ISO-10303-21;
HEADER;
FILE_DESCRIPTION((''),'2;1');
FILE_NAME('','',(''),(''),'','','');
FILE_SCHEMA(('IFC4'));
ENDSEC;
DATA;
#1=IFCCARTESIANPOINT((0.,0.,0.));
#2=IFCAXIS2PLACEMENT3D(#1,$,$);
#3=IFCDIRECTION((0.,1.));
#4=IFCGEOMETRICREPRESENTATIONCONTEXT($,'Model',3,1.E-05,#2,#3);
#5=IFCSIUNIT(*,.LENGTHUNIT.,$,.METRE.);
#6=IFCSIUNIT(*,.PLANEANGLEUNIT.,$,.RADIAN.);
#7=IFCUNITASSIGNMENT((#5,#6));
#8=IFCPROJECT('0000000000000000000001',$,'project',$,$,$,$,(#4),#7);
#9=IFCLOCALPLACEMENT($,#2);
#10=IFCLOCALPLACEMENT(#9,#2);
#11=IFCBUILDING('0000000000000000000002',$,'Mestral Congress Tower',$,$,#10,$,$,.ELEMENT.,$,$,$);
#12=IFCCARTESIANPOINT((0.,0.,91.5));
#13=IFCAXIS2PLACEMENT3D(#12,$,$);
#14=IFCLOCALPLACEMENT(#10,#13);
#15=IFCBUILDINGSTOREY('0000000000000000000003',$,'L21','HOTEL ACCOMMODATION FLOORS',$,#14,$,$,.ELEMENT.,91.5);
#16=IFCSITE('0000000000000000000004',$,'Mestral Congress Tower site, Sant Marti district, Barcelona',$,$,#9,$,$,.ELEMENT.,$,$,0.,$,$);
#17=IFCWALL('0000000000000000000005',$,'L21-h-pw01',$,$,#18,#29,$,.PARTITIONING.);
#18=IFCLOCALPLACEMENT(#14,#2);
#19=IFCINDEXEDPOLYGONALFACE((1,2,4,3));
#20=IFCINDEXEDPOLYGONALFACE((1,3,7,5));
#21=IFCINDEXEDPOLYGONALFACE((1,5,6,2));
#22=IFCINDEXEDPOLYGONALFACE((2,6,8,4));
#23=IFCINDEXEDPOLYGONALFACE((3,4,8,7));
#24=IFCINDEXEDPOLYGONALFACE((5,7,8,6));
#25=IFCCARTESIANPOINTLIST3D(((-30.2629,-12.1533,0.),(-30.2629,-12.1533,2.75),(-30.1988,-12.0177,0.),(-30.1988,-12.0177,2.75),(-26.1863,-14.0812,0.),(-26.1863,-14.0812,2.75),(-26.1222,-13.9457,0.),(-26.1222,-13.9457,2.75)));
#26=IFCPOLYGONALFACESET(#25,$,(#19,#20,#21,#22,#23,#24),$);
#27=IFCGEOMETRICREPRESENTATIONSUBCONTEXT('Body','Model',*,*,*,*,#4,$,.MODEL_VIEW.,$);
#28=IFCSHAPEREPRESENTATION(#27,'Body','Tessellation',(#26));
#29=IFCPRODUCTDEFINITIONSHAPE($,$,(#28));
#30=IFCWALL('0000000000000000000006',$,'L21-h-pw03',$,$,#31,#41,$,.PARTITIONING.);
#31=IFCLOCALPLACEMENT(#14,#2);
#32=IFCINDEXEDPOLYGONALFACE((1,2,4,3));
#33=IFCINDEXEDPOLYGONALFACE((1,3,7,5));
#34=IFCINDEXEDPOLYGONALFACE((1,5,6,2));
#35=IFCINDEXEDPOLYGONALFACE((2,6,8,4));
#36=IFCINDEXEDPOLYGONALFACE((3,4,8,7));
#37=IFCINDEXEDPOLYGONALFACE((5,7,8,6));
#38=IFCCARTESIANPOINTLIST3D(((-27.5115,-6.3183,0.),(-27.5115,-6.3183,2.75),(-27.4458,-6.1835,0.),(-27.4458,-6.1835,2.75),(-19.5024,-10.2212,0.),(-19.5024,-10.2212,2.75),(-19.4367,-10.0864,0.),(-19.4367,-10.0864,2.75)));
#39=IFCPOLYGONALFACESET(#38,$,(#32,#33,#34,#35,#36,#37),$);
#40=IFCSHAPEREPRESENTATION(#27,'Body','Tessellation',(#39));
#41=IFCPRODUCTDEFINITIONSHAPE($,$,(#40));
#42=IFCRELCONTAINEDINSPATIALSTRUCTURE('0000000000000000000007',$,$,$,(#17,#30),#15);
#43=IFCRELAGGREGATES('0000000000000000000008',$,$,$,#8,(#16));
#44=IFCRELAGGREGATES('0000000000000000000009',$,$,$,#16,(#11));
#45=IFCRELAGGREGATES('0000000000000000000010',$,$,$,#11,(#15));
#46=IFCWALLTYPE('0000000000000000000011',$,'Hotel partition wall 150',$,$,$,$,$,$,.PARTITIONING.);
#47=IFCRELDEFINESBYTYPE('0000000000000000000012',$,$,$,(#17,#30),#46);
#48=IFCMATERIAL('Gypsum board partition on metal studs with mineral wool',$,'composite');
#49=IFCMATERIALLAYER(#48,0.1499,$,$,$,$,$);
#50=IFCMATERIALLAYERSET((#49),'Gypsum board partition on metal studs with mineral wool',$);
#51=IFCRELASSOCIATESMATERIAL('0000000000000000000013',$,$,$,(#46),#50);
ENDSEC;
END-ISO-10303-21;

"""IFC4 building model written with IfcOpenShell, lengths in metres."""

from ifc_helpers import new_model, si_unit, direction, frame, frame_2d, origin, place, context, subcontext, project, spatial, rectangle, extrude, material, layer, layer_set, type_object, element, save


model = new_model("IFC4")

# Units and contexts
model_context = context("Model", 3, precision=1e-05, world=origin(), true_north=direction((0.0, 1.0)))
body_context = subcontext(model_context, "Body", "Model", "MODEL_VIEW")
ifc_project = project(units=[si_unit("LENGTHUNIT", "METRE"), si_unit("PLANEANGLEUNIT", "RADIAN")], contexts=[model_context])

# Site, building, storey
site_placement = place(None, origin())
site = spatial("IfcSite", under=ifc_project, at=site_placement, Name="Mestral Congress Tower site, Sant Marti district, Barcelona", CompositionType="ELEMENT", RefElevation=0.0)
building_placement = place(site_placement, origin())
building = spatial("IfcBuilding", under=site, at=building_placement, Name="Mestral Congress Tower", CompositionType="ELEMENT")
storey_placement = place(building_placement, frame((0.0, 0.0, 91.5)))
storey = spatial("IfcBuildingStorey", under=building, at=storey_placement, Name="L21", Description="HOTEL ACCOMMODATION FLOORS", CompositionType="ELEMENT", Elevation=91.5)

# Walls
ifc_material_1 = material(Name="Gypsum board partition on metal studs with mineral wool", Category="composite")
ifc_layer_1 = layer(ifc_material_1, 0.1499)
ifc_layer_set_1 = layer_set([ifc_layer_1], Name="Gypsum board partition on metal studs with mineral wool")
wall_type_1 = type_object("IfcWallType", Name="Hotel partition wall 150", PredefinedType="PARTITIONING", material=ifc_layer_set_1)
wall_1_placement = place(storey_placement, frame((-30.231, -12.0854, 0.0), z_axis=(0.0, 0.0, 1.0), x_axis=(0.904001, -0.42753, 0.0)))
element("IfcWall", 1, at=wall_1_placement, inside=storey, type_object=wall_type_1, Name="L21-h-pw01", PredefinedType="PARTITIONING", context=body_context, shape_type="SweptSolid", body=[
    extrude(rectangle(XDim=4.5095, YDim=0.1499, at=frame_2d((2.2549, 0.0))), origin(), (0.0, 0.0, 1.0), 2.75),
])
wall_2_placement = place(storey_placement, frame((-27.4785, -6.251, 0.0), z_axis=(0.0, 0.0, 1.0), x_axis=(0.898946, -0.43806, 0.0)))
element("IfcWall", 2, at=wall_2_placement, inside=storey, type_object=wall_type_1, Name="L21-h-pw03", PredefinedType="PARTITIONING", context=body_context, shape_type="SweptSolid", body=[
    extrude(rectangle(XDim=8.9094, YDim=0.1499, at=frame_2d((4.4546, 0.0))), origin(), (0.0, 0.0, 1.0), 2.75),
])

save(model, "model.ifc")
